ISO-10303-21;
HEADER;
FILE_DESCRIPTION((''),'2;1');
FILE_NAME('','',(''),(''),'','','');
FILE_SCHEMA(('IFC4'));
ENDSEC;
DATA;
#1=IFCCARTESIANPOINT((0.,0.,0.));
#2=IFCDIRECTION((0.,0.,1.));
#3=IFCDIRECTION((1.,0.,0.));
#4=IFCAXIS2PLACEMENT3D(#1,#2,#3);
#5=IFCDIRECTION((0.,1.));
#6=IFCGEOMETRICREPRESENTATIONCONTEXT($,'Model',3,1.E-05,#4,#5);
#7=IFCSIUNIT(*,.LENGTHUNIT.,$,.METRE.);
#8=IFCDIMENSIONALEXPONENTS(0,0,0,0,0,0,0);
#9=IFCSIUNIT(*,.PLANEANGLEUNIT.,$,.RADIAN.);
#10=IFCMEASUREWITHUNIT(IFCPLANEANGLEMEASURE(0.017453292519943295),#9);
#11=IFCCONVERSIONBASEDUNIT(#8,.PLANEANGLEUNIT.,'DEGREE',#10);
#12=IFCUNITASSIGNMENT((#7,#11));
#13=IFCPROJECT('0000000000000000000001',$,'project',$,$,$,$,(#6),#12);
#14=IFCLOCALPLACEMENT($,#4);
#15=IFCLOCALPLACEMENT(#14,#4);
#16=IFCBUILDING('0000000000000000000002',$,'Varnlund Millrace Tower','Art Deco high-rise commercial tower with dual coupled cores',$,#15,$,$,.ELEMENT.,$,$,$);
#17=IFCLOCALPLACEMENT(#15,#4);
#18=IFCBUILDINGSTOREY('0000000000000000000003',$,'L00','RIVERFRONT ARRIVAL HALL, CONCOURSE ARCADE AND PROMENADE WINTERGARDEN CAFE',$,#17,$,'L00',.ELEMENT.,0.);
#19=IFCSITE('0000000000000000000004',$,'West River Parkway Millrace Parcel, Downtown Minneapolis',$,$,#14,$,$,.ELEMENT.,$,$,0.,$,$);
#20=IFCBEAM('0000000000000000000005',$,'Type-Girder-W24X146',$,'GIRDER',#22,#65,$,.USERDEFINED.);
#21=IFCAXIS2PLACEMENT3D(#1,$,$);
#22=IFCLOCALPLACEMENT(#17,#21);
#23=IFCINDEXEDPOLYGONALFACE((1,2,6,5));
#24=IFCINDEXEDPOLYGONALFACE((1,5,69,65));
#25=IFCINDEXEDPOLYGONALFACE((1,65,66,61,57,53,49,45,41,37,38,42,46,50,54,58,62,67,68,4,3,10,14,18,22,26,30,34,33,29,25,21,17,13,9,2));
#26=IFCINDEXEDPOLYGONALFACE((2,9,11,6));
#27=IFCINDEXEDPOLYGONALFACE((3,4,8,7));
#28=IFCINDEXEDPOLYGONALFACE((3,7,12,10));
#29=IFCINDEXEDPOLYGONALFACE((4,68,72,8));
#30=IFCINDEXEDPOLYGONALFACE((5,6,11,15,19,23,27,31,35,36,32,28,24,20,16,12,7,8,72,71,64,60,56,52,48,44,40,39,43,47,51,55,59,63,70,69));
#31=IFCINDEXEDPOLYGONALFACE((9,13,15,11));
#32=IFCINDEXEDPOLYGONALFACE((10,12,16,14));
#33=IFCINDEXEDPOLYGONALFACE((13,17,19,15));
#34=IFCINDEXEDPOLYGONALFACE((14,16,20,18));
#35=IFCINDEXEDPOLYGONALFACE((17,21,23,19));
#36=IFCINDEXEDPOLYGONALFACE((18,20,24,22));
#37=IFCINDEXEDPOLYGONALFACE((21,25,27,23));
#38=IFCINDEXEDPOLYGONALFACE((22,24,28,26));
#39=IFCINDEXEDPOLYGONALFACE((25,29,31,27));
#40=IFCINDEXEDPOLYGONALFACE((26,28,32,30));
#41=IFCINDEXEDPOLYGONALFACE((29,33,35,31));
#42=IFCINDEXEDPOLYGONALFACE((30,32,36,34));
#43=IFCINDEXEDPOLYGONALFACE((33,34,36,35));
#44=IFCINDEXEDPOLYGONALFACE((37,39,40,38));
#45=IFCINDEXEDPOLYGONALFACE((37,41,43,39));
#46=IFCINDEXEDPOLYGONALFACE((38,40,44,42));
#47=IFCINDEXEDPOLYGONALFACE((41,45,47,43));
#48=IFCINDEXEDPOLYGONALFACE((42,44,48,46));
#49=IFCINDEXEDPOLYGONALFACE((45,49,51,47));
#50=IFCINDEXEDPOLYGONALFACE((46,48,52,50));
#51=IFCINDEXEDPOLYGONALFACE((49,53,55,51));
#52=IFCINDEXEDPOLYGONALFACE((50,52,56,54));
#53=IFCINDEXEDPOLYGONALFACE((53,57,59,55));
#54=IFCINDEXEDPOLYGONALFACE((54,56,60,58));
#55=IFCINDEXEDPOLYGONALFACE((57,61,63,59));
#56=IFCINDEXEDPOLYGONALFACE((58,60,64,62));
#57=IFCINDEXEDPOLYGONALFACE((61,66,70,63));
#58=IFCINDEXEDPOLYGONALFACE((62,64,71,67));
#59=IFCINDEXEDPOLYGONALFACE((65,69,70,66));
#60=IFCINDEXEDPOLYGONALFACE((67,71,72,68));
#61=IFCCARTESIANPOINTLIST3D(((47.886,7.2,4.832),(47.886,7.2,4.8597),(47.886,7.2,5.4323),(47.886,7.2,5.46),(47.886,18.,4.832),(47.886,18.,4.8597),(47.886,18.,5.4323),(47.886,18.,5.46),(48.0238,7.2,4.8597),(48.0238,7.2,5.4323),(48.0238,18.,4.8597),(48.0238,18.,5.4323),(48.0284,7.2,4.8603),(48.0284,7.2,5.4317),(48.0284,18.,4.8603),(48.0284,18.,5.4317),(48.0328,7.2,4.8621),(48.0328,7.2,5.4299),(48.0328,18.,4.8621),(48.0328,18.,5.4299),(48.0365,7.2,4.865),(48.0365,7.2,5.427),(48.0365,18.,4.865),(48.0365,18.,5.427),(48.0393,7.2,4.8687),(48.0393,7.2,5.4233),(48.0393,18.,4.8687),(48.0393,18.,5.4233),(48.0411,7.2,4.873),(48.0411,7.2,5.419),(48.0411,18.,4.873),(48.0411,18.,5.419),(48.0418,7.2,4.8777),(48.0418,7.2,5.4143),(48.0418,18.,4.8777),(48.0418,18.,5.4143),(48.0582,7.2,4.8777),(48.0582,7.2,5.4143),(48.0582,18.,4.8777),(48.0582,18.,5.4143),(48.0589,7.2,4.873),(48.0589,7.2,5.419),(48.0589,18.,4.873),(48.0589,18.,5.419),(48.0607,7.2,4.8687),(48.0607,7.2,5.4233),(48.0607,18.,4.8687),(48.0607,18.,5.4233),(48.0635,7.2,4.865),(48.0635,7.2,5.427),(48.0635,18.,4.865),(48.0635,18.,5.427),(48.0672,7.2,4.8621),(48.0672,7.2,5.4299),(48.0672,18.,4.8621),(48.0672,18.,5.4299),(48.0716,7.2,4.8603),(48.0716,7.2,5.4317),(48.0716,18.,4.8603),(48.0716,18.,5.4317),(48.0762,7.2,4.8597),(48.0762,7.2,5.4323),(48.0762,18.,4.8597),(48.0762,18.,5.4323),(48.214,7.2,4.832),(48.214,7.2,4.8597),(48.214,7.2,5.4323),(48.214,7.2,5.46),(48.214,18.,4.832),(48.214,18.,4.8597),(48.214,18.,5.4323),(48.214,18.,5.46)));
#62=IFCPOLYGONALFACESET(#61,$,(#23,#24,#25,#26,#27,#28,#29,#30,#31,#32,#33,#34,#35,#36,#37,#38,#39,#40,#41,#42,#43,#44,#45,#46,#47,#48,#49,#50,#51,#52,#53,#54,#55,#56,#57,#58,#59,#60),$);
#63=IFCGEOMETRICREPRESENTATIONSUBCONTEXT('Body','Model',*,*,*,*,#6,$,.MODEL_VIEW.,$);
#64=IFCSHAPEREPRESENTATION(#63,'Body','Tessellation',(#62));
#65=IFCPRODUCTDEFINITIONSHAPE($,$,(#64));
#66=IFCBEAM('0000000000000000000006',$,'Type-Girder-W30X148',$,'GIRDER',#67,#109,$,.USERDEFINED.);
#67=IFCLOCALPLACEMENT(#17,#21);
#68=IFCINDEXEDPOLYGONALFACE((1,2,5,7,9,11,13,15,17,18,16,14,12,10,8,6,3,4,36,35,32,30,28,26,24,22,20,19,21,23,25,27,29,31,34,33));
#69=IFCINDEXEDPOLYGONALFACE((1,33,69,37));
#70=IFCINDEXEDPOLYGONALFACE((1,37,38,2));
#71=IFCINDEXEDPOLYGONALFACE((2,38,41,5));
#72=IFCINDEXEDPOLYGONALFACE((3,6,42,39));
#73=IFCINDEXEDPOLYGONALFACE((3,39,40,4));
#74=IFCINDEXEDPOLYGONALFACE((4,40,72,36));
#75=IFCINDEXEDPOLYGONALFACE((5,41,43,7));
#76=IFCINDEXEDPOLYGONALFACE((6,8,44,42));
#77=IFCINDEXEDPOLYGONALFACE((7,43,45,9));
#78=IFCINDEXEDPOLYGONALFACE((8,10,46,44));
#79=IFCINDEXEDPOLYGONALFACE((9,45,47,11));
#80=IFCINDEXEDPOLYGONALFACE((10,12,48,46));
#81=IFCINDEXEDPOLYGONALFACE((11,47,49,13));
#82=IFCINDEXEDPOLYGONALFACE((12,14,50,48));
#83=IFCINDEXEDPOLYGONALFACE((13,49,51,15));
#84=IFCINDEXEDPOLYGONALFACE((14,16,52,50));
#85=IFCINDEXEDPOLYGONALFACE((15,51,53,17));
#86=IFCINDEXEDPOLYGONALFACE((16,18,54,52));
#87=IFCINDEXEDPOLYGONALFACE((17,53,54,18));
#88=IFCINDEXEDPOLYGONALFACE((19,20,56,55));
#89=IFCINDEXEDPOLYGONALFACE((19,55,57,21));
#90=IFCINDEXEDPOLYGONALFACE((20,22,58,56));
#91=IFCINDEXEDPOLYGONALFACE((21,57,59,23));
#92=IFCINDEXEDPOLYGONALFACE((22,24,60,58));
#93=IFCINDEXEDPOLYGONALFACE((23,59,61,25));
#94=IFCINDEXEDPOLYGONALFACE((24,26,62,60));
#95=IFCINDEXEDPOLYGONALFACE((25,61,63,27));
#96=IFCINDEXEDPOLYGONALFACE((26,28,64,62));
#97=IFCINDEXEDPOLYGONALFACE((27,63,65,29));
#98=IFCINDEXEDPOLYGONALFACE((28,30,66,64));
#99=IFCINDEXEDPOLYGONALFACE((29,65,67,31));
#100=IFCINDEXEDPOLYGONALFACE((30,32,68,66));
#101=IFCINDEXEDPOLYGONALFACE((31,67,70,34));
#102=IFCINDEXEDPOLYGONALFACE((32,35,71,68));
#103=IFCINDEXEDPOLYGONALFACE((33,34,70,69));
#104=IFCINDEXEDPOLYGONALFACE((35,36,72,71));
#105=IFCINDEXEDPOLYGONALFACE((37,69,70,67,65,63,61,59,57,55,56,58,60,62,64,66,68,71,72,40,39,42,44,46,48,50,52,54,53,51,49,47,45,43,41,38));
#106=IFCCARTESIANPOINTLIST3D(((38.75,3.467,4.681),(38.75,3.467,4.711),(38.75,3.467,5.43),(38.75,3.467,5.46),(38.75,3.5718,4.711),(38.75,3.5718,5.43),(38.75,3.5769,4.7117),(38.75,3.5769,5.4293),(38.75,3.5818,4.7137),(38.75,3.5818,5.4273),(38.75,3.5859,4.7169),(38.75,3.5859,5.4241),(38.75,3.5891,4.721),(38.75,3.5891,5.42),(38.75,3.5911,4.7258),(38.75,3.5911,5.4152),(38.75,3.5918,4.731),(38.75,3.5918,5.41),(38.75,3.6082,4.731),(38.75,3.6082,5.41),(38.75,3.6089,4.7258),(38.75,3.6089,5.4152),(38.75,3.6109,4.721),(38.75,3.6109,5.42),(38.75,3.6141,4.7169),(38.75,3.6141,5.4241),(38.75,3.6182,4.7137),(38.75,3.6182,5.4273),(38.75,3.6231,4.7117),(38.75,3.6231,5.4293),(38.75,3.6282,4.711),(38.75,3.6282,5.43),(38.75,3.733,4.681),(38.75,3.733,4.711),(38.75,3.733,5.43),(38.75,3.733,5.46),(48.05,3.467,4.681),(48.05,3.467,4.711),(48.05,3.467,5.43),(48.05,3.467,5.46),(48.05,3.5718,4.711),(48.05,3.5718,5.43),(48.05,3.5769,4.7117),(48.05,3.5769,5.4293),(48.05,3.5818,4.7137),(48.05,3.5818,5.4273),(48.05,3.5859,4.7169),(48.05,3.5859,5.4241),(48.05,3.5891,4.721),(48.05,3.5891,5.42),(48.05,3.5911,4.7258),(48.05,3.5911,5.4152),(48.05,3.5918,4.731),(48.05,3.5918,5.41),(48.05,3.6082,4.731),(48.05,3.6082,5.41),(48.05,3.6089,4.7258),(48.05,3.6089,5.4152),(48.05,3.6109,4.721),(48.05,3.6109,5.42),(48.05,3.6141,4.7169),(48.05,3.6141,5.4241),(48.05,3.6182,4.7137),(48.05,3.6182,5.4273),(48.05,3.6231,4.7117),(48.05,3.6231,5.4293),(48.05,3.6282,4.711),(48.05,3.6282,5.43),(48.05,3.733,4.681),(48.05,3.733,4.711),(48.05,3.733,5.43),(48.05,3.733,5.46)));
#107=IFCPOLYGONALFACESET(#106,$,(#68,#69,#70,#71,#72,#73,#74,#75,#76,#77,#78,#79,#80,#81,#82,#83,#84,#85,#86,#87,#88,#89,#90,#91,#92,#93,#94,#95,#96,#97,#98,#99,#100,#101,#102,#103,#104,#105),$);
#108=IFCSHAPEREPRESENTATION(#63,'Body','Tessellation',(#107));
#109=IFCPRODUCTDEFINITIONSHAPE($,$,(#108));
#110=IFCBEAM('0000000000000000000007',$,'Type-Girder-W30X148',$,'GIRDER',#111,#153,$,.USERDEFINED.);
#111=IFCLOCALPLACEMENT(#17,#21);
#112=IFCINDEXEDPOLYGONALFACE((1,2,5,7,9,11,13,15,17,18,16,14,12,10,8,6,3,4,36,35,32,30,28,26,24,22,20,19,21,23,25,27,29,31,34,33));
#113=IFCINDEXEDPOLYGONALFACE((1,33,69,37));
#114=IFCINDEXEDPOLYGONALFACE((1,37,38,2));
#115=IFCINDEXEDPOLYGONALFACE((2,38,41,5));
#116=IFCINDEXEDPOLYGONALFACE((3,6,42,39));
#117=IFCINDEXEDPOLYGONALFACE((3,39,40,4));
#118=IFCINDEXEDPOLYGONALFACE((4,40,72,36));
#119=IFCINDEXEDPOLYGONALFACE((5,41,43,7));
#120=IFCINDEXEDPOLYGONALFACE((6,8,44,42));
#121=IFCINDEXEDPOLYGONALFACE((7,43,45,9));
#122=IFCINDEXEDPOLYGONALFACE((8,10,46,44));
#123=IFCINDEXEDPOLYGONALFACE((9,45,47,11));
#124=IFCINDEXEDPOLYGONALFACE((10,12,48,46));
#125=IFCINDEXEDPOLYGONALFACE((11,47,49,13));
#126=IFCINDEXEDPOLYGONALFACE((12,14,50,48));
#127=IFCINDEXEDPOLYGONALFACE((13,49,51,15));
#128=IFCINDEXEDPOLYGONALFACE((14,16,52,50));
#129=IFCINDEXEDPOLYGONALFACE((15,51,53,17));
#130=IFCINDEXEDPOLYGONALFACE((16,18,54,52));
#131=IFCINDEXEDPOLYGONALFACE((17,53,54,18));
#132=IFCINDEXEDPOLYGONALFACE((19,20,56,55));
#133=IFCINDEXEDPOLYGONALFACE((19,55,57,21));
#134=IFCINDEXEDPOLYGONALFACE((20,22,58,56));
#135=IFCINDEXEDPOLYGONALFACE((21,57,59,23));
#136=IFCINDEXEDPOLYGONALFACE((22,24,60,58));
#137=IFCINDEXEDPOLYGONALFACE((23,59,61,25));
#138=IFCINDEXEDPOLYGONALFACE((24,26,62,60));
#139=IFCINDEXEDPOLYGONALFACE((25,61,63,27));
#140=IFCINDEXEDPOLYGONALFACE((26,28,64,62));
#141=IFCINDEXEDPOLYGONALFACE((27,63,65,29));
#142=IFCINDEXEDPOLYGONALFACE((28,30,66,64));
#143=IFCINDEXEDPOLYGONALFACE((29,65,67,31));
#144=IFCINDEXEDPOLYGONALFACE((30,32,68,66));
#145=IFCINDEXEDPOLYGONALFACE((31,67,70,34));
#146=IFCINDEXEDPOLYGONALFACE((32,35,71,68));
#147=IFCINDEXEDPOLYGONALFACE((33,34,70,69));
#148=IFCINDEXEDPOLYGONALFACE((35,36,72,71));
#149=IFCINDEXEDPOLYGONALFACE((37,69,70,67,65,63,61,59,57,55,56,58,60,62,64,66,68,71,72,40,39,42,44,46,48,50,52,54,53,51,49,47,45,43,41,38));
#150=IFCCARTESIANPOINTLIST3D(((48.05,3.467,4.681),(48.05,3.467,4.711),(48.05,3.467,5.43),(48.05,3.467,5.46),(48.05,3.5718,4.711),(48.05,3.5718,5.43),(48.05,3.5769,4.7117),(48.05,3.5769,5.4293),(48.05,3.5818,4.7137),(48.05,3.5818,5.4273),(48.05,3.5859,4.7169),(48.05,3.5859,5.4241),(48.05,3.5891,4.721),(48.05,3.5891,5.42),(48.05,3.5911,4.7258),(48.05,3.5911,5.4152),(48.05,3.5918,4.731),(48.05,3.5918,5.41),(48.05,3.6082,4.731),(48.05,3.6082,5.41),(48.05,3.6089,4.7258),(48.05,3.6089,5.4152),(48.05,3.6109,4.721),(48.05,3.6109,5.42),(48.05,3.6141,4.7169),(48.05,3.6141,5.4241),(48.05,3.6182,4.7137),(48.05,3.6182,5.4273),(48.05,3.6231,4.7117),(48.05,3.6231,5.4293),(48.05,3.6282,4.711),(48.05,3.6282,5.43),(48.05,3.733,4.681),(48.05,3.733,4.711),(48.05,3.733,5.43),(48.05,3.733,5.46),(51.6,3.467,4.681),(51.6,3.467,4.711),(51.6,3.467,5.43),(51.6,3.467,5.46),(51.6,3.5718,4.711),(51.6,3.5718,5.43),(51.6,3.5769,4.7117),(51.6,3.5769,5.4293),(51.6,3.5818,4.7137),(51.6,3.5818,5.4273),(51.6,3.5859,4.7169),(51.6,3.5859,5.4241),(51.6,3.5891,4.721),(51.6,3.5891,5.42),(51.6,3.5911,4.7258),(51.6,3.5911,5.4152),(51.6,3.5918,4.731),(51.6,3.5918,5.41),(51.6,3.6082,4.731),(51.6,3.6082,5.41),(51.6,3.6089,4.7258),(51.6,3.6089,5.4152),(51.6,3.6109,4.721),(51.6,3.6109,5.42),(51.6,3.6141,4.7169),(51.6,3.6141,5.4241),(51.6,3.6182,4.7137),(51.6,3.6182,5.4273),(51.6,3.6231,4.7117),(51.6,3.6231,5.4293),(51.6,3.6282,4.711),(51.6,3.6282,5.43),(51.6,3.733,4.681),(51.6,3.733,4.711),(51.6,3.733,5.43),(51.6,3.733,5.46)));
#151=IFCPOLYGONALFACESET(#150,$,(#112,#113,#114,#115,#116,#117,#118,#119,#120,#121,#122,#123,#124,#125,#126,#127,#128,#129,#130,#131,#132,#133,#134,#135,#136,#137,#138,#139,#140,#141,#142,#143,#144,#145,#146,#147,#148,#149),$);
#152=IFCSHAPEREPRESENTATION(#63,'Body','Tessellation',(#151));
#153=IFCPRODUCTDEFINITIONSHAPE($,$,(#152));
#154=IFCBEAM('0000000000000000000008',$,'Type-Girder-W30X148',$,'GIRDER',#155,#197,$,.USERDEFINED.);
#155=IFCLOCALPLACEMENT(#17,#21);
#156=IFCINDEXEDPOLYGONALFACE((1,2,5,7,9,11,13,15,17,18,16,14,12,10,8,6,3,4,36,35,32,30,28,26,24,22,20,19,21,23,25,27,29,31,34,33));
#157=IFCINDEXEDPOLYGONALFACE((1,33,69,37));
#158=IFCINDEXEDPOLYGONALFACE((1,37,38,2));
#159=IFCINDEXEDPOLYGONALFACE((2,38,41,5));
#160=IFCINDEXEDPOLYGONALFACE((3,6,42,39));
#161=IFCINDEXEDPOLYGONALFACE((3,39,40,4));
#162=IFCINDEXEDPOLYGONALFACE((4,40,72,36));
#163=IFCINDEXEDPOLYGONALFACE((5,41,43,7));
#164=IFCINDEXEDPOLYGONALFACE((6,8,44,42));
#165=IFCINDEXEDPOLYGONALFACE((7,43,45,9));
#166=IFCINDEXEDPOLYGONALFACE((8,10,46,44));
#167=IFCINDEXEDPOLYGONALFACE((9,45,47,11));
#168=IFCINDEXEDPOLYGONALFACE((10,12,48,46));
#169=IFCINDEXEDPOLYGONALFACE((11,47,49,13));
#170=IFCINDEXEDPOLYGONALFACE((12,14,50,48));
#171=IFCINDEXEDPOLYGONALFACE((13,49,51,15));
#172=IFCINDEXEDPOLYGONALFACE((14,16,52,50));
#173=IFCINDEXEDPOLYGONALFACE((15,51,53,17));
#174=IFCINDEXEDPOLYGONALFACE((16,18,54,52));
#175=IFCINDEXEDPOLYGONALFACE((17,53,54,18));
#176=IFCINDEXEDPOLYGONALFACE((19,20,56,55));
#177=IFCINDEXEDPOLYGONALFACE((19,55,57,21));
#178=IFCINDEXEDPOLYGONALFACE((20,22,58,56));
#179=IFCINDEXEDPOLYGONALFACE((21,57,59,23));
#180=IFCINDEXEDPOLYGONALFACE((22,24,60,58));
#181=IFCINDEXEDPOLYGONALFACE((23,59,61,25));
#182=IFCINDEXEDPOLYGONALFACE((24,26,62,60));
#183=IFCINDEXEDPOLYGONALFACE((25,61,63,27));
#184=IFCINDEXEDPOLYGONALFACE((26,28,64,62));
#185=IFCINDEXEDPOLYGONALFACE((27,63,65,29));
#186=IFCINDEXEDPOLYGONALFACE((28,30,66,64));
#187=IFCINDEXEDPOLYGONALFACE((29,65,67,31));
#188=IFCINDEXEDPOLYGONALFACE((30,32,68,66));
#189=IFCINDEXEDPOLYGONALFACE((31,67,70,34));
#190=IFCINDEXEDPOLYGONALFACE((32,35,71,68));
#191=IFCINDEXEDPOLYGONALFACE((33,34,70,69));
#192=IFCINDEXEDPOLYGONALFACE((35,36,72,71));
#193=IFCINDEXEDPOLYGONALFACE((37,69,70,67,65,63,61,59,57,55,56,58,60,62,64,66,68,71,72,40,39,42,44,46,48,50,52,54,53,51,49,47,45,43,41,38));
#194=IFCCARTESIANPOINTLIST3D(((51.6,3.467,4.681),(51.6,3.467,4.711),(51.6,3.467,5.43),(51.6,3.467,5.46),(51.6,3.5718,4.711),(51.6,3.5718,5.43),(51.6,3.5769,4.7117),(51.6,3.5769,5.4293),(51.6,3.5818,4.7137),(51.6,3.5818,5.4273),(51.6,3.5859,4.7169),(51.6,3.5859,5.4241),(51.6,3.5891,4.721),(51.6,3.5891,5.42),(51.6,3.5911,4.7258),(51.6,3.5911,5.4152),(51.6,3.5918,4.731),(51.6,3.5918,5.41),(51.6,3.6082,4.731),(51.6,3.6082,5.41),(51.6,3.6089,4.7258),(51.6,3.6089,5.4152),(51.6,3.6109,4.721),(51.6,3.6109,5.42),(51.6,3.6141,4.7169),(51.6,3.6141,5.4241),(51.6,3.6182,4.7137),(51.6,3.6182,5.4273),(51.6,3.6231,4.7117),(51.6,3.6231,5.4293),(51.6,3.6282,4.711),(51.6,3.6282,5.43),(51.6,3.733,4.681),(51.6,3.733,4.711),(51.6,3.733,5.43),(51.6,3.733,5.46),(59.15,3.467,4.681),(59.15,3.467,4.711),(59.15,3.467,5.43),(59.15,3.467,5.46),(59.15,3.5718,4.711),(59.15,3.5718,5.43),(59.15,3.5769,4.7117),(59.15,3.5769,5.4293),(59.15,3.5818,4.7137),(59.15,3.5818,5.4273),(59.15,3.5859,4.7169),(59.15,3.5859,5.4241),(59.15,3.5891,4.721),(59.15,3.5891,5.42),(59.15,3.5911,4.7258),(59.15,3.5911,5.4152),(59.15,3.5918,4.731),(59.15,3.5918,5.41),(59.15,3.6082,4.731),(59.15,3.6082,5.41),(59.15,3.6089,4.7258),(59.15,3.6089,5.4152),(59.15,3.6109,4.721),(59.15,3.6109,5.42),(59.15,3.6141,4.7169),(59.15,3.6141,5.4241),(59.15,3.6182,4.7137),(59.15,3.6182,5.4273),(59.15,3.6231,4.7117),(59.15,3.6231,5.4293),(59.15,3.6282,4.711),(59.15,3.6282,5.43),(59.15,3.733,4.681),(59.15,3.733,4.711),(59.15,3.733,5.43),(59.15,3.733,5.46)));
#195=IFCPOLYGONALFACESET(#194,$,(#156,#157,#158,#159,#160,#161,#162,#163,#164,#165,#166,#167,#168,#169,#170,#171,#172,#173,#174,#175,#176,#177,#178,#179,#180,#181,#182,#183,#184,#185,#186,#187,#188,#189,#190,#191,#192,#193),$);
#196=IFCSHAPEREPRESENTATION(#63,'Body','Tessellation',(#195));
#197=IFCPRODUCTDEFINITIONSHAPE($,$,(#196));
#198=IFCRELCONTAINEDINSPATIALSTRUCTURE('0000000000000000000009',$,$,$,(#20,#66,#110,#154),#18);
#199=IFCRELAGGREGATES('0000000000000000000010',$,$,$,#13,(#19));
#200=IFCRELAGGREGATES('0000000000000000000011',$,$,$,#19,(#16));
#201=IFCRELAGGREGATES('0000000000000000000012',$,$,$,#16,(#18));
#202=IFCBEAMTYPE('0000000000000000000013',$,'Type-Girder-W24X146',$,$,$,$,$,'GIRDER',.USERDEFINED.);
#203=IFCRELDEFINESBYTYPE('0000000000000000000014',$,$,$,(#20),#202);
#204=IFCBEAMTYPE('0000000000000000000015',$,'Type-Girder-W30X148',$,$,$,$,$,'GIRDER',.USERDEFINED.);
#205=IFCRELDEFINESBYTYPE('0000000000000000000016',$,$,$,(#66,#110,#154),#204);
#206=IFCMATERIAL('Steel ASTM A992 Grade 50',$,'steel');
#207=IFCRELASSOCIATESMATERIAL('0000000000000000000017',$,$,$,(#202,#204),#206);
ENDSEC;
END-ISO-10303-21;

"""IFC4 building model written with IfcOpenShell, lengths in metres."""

from ifc_helpers import new_model, entity, si_unit, converted_unit, direction, frame, origin_with_axes, origin_2d_with_axis, place, context, subcontext, project, spatial, i_section, extrude, material, material_profile, profile_set, type_object, element, save


model = new_model("IFC4")

# Units and contexts
model_context = context("Model", 3, precision=1e-05, world=origin_with_axes(), true_north=direction((0.0, 1.0)))
body_context = subcontext(model_context, "Body", "Model", "MODEL_VIEW")
ifc_project = project(units=[si_unit("LENGTHUNIT", "METRE"), converted_unit("PLANEANGLEUNIT", "DEGREE", entity("IfcPlaneAngleMeasure", 0.017453292519943295), si_unit("PLANEANGLEUNIT", "RADIAN"), dimensions=[0, 0, 0, 0, 0, 0, 0])], contexts=[model_context])

# Site, building, storey
site_placement = place(None, origin_with_axes())
site = spatial("IfcSite", under=ifc_project, at=site_placement, Name="West River Parkway Millrace Parcel, Downtown Minneapolis", CompositionType="ELEMENT", RefElevation=0.0)
building_placement = place(site_placement, origin_with_axes())
building = spatial("IfcBuilding", under=site, at=building_placement, Name="Varnlund Millrace Tower", Description="Art Deco high-rise commercial tower with dual coupled cores", CompositionType="ELEMENT")
storey_placement = place(building_placement, origin_with_axes())
storey = spatial("IfcBuildingStorey", under=building, at=storey_placement, Name="L00", Description="RIVERFRONT ARRIVAL HALL, CONCOURSE ARCADE AND PROMENADE WINTERGARDEN CAFE", LongName="L00", CompositionType="ELEMENT", Elevation=0.0)

# Beams
ifc_material_1 = material(Name="Steel ASTM A992 Grade 50", Category="steel")
ifc_material_profile_1 = material_profile(ifc_material_1, i_section(OverallWidth=0.328, OverallDepth=0.628, WebThickness=0.0165, FlangeThickness=0.0277, FilletRadius=0.018, at=origin_2d_with_axis()), Name="Steel ASTM A992 Grade 50")
ifc_profile_set_1 = profile_set([ifc_material_profile_1], Name="Steel ASTM A992 Grade 50")
beam_type_1 = type_object("IfcBeamType", Name="Type-Girder-W24X146", ElementType="GIRDER", PredefinedType="USERDEFINED", material=ifc_profile_set_1)
beam_1_placement = place(storey_placement, frame((48.05, 7.2, 5.146), z_axis=(0.0, 1.0, 0.0), x_axis=(-1.0, 0.0, 0.0)))
element("IfcBeam", 1, at=beam_1_placement, inside=storey, type_object=beam_type_1, Name="Type-Girder-W24X146", ObjectType="GIRDER", PredefinedType="USERDEFINED", context=body_context, shape_type="SweptSolid", body=[
    extrude(i_section(OverallWidth=0.328, OverallDepth=0.628, WebThickness=0.0165, FlangeThickness=0.0277, FilletRadius=0.018, at=origin_2d_with_axis()), origin_with_axes(), (0.0, 0.0, 1.0), 10.8),
])
ifc_material_profile_2 = material_profile(ifc_material_1, i_section(OverallWidth=0.266, OverallDepth=0.779, WebThickness=0.0165, FlangeThickness=0.03, FilletRadius=0.02, at=origin_2d_with_axis()), Name="Steel ASTM A992 Grade 50")
ifc_profile_set_2 = profile_set([ifc_material_profile_2], Name="Steel ASTM A992 Grade 50")
beam_type_2 = type_object("IfcBeamType", Name="Type-Girder-W30X148", ElementType="GIRDER", PredefinedType="USERDEFINED", material=ifc_profile_set_2)
beam_2_placement = place(storey_placement, frame((38.75, 3.6, 5.0705), z_axis=(1.0, 0.0, 0.0), x_axis=(0.0, 1.0, 0.0)))
element("IfcBeam", 2, at=beam_2_placement, inside=storey, type_object=beam_type_2, Name="Type-Girder-W30X148", ObjectType="GIRDER", PredefinedType="USERDEFINED", context=body_context, shape_type="SweptSolid", body=[
    extrude(i_section(OverallWidth=0.266, OverallDepth=0.779, WebThickness=0.0165, FlangeThickness=0.03, FilletRadius=0.02, at=origin_2d_with_axis()), origin_with_axes(), (0.0, 0.0, 1.0), 9.3),
])
beam_3_placement = place(storey_placement, frame((48.05, 3.6, 5.0705), z_axis=(1.0, 0.0, 0.0), x_axis=(0.0, 1.0, 0.0)))
element("IfcBeam", 3, at=beam_3_placement, inside=storey, type_object=beam_type_2, Name="Type-Girder-W30X148", ObjectType="GIRDER", PredefinedType="USERDEFINED", context=body_context, shape_type="SweptSolid", body=[
    extrude(i_section(OverallWidth=0.266, OverallDepth=0.779, WebThickness=0.0165, FlangeThickness=0.03, FilletRadius=0.02, at=origin_2d_with_axis()), origin_with_axes(), (0.0, 0.0, 1.0), 3.55),
])
beam_4_placement = place(storey_placement, frame((51.6, 3.6, 5.0705), z_axis=(1.0, 0.0, 0.0), x_axis=(0.0, 1.0, 0.0)))
element("IfcBeam", 4, at=beam_4_placement, inside=storey, type_object=beam_type_2, Name="Type-Girder-W30X148", ObjectType="GIRDER", PredefinedType="USERDEFINED", context=body_context, shape_type="SweptSolid", body=[
    extrude(i_section(OverallWidth=0.266, OverallDepth=0.779, WebThickness=0.0165, FlangeThickness=0.03, FilletRadius=0.02, at=origin_2d_with_axis()), origin_with_axes(), (0.0, 0.0, 1.0), 7.55),
])

save(model, "model.ifc")
